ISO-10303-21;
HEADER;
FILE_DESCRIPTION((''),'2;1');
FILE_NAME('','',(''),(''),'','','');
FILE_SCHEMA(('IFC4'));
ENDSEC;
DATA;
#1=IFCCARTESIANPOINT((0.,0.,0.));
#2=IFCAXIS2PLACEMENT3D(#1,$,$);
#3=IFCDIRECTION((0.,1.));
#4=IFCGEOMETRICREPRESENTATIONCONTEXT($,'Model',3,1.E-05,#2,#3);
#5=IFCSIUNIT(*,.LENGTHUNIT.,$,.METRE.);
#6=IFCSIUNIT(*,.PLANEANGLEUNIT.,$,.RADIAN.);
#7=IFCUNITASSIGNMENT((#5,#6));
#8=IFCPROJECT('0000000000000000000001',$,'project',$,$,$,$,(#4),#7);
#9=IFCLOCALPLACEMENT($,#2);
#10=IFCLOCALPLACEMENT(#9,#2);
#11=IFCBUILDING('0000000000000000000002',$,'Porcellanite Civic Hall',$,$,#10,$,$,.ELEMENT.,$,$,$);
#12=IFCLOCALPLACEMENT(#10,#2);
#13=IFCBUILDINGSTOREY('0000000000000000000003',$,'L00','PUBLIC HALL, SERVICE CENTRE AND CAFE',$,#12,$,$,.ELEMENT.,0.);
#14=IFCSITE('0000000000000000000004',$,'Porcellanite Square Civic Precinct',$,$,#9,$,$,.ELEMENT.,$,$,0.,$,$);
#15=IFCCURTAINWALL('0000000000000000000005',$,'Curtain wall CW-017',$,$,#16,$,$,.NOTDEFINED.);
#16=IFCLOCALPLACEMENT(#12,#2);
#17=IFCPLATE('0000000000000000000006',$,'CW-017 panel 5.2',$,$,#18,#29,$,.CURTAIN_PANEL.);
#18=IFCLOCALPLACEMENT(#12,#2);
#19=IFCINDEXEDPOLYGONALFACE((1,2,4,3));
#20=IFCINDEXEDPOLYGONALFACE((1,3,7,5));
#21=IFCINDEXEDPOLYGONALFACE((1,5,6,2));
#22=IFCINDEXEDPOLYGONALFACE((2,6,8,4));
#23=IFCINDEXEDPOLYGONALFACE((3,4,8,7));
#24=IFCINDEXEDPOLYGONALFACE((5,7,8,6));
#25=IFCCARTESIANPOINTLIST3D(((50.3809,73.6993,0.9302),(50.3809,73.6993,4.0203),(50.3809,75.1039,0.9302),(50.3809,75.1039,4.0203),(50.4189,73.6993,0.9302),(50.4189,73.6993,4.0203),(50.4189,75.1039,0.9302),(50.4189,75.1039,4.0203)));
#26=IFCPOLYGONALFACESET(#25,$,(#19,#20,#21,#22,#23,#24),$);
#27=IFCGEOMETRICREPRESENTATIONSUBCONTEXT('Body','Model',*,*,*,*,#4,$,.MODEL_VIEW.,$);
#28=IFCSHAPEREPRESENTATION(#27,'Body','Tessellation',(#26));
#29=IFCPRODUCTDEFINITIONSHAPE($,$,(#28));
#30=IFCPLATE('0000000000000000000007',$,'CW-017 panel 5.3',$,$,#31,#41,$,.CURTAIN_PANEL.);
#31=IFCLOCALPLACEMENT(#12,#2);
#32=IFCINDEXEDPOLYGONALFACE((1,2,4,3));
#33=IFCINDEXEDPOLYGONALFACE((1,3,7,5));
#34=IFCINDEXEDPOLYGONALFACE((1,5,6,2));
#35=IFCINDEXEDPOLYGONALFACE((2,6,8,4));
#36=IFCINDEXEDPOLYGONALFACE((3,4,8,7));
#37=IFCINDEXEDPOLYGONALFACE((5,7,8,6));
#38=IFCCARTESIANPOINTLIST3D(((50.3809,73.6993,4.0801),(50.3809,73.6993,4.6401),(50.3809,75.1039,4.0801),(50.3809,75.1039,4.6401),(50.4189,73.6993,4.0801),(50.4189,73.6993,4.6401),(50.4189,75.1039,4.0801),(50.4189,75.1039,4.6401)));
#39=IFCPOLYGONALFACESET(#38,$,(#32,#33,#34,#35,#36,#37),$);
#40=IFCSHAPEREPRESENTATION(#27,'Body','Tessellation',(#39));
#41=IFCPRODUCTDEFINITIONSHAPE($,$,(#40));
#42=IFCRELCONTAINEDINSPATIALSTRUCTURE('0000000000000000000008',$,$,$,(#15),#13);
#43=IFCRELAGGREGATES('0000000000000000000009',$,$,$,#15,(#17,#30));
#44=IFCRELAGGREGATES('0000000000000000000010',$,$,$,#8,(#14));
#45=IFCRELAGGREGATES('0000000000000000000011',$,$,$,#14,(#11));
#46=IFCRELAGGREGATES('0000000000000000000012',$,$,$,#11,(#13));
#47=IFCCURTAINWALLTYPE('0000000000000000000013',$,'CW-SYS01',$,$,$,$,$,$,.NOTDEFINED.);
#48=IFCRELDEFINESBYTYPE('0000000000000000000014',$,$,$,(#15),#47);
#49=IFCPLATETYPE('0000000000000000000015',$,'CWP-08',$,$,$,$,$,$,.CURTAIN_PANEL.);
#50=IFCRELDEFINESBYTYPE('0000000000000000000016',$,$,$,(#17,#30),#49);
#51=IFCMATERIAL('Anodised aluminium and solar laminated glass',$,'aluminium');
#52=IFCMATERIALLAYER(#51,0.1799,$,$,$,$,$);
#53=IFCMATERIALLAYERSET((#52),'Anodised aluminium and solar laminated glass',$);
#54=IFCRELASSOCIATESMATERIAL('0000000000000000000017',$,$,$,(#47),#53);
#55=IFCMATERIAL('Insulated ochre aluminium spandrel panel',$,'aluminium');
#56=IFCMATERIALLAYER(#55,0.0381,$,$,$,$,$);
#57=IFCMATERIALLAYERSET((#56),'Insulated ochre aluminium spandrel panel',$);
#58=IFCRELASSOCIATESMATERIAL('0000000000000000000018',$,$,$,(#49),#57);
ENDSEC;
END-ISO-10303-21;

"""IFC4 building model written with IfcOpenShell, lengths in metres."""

from ifc_helpers import new_model, si_unit, direction, frame, origin, origin_2d, place, context, subcontext, project, spatial, rectangle, extrude, material, layer, layer_set, type_object, element, aggregate, save


model = new_model("IFC4")

# Units and contexts
model_context = context("Model", 3, precision=1e-05, world=origin(), true_north=direction((0.0, 1.0)))
body_context = subcontext(model_context, "Body", "Model", "MODEL_VIEW")
ifc_project = project(units=[si_unit("LENGTHUNIT", "METRE"), si_unit("PLANEANGLEUNIT", "RADIAN")], contexts=[model_context])

# Site, building, storey
site_placement = place(None, origin())
site = spatial("IfcSite", under=ifc_project, at=site_placement, Name="Porcellanite Square Civic Precinct", CompositionType="ELEMENT", RefElevation=0.0)
building_placement = place(site_placement, origin())
building = spatial("IfcBuilding", under=site, at=building_placement, Name="Porcellanite Civic Hall", CompositionType="ELEMENT")
storey_placement = place(building_placement, origin())
storey = spatial("IfcBuildingStorey", under=building, at=storey_placement, Name="L00", Description="PUBLIC HALL, SERVICE CENTRE AND CAFE", CompositionType="ELEMENT", Elevation=0.0)

# Curtain wall, plates
ifc_material_1 = material(Name="Anodised aluminium and solar laminated glass", Category="aluminium")
ifc_layer_1 = layer(ifc_material_1, 0.1799)
ifc_layer_set_1 = layer_set([ifc_layer_1], Name="Anodised aluminium and solar laminated glass")
curtain_wall_type = type_object("IfcCurtainWallType", Name="CW-SYS01", PredefinedType="NOTDEFINED", material=ifc_layer_set_1)
curtain_wall_placement = place(storey_placement, origin())
curtain_wall = element("IfcCurtainWall", 1, at=curtain_wall_placement, inside=storey, type_object=curtain_wall_type, Name="Curtain wall CW-017", PredefinedType="NOTDEFINED")
ifc_material_2 = material(Name="Insulated ochre aluminium spandrel panel", Category="aluminium")
ifc_layer_2 = layer(ifc_material_2, 0.0381)
ifc_layer_set_2 = layer_set([ifc_layer_2], Name="Insulated ochre aluminium spandrel panel")
plate_type = type_object("IfcPlateType", Name="CWP-08", PredefinedType="CURTAIN_PANEL", material=ifc_layer_set_2)
plate_1_placement = place(storey_placement, frame((50.3999, 74.4016, 0.9302), z_axis=(0.0, 0.0, 1.0), x_axis=(0.0, 1.0, 0.0)))
plate_1 = element("IfcPlate", 2, at=plate_1_placement, type_object=plate_type, Name="CW-017 panel 5.2", PredefinedType="CURTAIN_PANEL", context=body_context, shape_type="SweptSolid", body=[
    extrude(rectangle(XDim=1.4045, YDim=0.0381, at=origin_2d()), origin(), (0.0, 0.0, 1.0), 3.0901),
])
plate_2_placement = place(storey_placement, frame((50.3999, 74.4016, 4.0801), z_axis=(0.0, 0.0, 1.0), x_axis=(0.0, 1.0, 0.0)))
plate_2 = element("IfcPlate", 3, at=plate_2_placement, type_object=plate_type, Name="CW-017 panel 5.3", PredefinedType="CURTAIN_PANEL", context=body_context, shape_type="SweptSolid", body=[
    extrude(rectangle(XDim=1.4045, YDim=0.0381, at=origin_2d()), origin(), (0.0, 0.0, 1.0), 0.5601),
])
aggregate(curtain_wall, [plate_1, plate_2])

save(model, "model.ifc")
